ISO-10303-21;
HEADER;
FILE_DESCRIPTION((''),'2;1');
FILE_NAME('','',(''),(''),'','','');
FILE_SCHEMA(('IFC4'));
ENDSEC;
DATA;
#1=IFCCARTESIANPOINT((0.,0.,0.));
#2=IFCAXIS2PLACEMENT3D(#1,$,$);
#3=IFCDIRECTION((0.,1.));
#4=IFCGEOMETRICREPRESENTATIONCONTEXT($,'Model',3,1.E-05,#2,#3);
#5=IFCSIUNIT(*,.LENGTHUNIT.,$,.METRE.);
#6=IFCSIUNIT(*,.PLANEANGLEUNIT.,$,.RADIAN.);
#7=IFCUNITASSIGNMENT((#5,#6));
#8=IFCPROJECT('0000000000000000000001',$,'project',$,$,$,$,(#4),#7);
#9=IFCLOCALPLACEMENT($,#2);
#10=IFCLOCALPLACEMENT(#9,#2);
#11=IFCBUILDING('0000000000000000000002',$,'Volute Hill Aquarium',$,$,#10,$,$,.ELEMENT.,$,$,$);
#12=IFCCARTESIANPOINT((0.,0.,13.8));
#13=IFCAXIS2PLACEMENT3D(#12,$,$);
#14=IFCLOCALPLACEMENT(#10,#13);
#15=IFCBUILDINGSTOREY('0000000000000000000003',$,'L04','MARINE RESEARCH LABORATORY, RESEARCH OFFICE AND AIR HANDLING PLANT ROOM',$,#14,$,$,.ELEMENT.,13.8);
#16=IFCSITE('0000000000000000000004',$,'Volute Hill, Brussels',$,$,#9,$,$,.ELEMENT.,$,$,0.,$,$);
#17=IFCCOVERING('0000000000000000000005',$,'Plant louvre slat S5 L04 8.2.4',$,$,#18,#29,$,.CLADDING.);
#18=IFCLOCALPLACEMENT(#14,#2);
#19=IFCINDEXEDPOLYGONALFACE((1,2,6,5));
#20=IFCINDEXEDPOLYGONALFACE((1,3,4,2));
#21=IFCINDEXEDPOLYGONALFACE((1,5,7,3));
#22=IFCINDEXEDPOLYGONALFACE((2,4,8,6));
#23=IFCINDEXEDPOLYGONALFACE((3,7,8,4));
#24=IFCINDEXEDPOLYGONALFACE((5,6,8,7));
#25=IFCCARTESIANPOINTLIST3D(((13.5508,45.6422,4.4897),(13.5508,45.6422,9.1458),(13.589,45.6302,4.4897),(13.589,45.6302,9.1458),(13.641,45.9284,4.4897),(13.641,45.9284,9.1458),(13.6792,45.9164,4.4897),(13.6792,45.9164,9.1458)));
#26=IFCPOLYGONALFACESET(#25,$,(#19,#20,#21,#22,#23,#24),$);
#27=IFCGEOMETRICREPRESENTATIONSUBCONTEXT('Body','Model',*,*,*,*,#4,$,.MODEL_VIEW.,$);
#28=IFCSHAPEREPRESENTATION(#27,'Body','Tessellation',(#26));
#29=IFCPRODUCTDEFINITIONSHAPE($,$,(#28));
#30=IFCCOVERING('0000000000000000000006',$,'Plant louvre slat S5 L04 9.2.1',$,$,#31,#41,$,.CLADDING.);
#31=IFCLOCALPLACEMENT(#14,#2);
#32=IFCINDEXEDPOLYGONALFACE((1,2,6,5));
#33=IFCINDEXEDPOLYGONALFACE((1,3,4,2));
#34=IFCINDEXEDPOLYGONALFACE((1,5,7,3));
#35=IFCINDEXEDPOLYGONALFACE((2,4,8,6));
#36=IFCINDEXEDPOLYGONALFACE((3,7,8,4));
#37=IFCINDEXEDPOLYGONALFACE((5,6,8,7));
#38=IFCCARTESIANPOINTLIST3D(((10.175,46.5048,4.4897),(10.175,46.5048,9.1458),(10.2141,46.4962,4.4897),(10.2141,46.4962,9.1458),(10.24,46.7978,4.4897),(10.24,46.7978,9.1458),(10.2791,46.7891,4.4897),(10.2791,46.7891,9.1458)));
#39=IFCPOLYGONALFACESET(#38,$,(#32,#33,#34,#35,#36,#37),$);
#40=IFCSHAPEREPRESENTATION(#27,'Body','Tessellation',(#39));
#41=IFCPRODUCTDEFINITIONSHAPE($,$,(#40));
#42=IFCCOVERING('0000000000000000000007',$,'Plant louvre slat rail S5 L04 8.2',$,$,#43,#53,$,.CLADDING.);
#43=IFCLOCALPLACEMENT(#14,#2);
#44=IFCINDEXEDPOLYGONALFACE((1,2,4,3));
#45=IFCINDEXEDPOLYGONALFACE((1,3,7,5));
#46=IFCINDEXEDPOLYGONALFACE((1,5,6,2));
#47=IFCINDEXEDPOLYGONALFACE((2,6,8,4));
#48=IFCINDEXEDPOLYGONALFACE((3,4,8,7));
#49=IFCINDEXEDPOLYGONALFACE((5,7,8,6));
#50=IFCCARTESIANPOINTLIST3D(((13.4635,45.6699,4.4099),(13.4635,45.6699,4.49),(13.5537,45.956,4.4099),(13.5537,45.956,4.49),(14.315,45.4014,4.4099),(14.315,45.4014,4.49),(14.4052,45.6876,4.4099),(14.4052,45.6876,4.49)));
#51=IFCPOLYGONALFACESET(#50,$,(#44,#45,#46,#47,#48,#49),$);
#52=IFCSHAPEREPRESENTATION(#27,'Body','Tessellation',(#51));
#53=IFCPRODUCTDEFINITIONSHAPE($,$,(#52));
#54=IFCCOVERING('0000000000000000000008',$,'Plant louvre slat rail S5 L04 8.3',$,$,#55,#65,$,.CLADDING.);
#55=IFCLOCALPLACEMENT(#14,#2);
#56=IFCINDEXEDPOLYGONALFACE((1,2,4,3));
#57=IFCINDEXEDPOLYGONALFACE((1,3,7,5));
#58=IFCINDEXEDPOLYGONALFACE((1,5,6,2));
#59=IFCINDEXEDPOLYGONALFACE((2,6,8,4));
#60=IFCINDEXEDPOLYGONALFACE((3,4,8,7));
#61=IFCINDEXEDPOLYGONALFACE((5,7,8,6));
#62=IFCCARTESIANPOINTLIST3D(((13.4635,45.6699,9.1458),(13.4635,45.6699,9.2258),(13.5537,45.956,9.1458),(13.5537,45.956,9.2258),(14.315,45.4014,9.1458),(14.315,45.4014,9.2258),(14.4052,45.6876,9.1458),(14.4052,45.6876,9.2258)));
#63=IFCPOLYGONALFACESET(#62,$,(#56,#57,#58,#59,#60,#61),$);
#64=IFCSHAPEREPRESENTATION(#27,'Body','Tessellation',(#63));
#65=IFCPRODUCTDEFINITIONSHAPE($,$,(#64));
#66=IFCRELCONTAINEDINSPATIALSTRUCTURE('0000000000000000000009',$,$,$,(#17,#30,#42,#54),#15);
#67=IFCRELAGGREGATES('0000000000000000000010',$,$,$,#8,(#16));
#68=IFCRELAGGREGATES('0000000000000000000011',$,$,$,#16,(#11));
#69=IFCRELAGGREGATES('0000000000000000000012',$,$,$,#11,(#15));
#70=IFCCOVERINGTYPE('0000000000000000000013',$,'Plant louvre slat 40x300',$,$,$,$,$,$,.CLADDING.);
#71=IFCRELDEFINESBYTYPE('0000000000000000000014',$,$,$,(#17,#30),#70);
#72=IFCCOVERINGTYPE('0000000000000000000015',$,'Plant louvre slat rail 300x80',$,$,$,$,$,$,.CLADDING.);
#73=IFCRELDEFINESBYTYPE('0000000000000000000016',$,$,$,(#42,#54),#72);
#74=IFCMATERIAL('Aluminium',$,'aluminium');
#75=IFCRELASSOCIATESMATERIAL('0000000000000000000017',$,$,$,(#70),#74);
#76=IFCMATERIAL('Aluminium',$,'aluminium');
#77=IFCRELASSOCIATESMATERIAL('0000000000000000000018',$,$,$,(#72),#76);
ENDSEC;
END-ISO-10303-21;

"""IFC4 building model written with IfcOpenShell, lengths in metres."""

from ifc_helpers import new_model, si_unit, direction, frame, origin, origin_2d, place, context, subcontext, project, spatial, rectangle, extrude, material, type_object, element, save


model = new_model("IFC4")

# Units and contexts
model_context = context("Model", 3, precision=1e-05, world=origin(), true_north=direction((0.0, 1.0)))
body_context = subcontext(model_context, "Body", "Model", "MODEL_VIEW")
ifc_project = project(units=[si_unit("LENGTHUNIT", "METRE"), si_unit("PLANEANGLEUNIT", "RADIAN")], contexts=[model_context])

# Site, building, storey
site_placement = place(None, origin())
site = spatial("IfcSite", under=ifc_project, at=site_placement, Name="Volute Hill, Brussels", CompositionType="ELEMENT", RefElevation=0.0)
building_placement = place(site_placement, origin())
building = spatial("IfcBuilding", under=site, at=building_placement, Name="Volute Hill Aquarium", CompositionType="ELEMENT")
storey_placement = place(building_placement, frame((0.0, 0.0, 13.8)))
storey = spatial("IfcBuildingStorey", under=building, at=storey_placement, Name="L04", Description="MARINE RESEARCH LABORATORY, RESEARCH OFFICE AND AIR HANDLING PLANT ROOM", CompositionType="ELEMENT", Elevation=13.8)

# Coverings
ifc_material_1 = material(Name="Aluminium", Category="aluminium")
covering_type_1 = type_object("IfcCoveringType", Name="Plant louvre slat 40x300", PredefinedType="CLADDING", material=ifc_material_1)
for number, where, z_axis, x_axis, name in (
    (1, (13.615, 45.7793, 4.4897), (0.0, 0.0, 1.0), (-0.953718, 0.300704, 0.0), "Plant louvre slat S5 L04 8.2.4"),
    (2, (10.2271, 46.647, 4.4897), (0.0, 0.0, 1.0), (-0.9763, 0.216423, 0.0), "Plant louvre slat S5 L04 9.2.1"),
):
    element("IfcCovering", number, at=place(storey_placement, frame(where, z_axis=z_axis, x_axis=x_axis)), inside=storey, type_object=covering_type_1, Name=name, PredefinedType="CLADDING", context=body_context, shape_type="SweptSolid", body=[
        extrude(rectangle(XDim=0.04, YDim=0.3, at=origin_2d()), origin(), (0.0, 0.0, 1.0), 4.656),
    ])
ifc_material_2 = material(Name="Aluminium", Category="aluminium")
covering_type_2 = type_object("IfcCoveringType", Name="Plant louvre slat rail 300x80", PredefinedType="CLADDING", material=ifc_material_2)
for number, where, z_axis, x_axis, name in (
    (3, (13.9343, 45.6787, 4.4099), (0.0, 0.0, 1.0), (-0.953718, 0.300704, 0.0), "Plant louvre slat rail S5 L04 8.2"),
    (4, (13.9343, 45.6787, 9.1458), (0.0, 0.0, 1.0), (-0.953718, 0.300704, 0.0), "Plant louvre slat rail S5 L04 8.3"),
):
    element("IfcCovering", number, at=place(storey_placement, frame(where, z_axis=z_axis, x_axis=x_axis)), inside=storey, type_object=covering_type_2, Name=name, PredefinedType="CLADDING", context=body_context, shape_type="SweptSolid", body=[
        extrude(rectangle(XDim=0.8928, YDim=0.3, at=origin_2d()), origin(), (0.0, 0.0, 1.0), 0.0801),
    ])

save(model, "model.ifc")
